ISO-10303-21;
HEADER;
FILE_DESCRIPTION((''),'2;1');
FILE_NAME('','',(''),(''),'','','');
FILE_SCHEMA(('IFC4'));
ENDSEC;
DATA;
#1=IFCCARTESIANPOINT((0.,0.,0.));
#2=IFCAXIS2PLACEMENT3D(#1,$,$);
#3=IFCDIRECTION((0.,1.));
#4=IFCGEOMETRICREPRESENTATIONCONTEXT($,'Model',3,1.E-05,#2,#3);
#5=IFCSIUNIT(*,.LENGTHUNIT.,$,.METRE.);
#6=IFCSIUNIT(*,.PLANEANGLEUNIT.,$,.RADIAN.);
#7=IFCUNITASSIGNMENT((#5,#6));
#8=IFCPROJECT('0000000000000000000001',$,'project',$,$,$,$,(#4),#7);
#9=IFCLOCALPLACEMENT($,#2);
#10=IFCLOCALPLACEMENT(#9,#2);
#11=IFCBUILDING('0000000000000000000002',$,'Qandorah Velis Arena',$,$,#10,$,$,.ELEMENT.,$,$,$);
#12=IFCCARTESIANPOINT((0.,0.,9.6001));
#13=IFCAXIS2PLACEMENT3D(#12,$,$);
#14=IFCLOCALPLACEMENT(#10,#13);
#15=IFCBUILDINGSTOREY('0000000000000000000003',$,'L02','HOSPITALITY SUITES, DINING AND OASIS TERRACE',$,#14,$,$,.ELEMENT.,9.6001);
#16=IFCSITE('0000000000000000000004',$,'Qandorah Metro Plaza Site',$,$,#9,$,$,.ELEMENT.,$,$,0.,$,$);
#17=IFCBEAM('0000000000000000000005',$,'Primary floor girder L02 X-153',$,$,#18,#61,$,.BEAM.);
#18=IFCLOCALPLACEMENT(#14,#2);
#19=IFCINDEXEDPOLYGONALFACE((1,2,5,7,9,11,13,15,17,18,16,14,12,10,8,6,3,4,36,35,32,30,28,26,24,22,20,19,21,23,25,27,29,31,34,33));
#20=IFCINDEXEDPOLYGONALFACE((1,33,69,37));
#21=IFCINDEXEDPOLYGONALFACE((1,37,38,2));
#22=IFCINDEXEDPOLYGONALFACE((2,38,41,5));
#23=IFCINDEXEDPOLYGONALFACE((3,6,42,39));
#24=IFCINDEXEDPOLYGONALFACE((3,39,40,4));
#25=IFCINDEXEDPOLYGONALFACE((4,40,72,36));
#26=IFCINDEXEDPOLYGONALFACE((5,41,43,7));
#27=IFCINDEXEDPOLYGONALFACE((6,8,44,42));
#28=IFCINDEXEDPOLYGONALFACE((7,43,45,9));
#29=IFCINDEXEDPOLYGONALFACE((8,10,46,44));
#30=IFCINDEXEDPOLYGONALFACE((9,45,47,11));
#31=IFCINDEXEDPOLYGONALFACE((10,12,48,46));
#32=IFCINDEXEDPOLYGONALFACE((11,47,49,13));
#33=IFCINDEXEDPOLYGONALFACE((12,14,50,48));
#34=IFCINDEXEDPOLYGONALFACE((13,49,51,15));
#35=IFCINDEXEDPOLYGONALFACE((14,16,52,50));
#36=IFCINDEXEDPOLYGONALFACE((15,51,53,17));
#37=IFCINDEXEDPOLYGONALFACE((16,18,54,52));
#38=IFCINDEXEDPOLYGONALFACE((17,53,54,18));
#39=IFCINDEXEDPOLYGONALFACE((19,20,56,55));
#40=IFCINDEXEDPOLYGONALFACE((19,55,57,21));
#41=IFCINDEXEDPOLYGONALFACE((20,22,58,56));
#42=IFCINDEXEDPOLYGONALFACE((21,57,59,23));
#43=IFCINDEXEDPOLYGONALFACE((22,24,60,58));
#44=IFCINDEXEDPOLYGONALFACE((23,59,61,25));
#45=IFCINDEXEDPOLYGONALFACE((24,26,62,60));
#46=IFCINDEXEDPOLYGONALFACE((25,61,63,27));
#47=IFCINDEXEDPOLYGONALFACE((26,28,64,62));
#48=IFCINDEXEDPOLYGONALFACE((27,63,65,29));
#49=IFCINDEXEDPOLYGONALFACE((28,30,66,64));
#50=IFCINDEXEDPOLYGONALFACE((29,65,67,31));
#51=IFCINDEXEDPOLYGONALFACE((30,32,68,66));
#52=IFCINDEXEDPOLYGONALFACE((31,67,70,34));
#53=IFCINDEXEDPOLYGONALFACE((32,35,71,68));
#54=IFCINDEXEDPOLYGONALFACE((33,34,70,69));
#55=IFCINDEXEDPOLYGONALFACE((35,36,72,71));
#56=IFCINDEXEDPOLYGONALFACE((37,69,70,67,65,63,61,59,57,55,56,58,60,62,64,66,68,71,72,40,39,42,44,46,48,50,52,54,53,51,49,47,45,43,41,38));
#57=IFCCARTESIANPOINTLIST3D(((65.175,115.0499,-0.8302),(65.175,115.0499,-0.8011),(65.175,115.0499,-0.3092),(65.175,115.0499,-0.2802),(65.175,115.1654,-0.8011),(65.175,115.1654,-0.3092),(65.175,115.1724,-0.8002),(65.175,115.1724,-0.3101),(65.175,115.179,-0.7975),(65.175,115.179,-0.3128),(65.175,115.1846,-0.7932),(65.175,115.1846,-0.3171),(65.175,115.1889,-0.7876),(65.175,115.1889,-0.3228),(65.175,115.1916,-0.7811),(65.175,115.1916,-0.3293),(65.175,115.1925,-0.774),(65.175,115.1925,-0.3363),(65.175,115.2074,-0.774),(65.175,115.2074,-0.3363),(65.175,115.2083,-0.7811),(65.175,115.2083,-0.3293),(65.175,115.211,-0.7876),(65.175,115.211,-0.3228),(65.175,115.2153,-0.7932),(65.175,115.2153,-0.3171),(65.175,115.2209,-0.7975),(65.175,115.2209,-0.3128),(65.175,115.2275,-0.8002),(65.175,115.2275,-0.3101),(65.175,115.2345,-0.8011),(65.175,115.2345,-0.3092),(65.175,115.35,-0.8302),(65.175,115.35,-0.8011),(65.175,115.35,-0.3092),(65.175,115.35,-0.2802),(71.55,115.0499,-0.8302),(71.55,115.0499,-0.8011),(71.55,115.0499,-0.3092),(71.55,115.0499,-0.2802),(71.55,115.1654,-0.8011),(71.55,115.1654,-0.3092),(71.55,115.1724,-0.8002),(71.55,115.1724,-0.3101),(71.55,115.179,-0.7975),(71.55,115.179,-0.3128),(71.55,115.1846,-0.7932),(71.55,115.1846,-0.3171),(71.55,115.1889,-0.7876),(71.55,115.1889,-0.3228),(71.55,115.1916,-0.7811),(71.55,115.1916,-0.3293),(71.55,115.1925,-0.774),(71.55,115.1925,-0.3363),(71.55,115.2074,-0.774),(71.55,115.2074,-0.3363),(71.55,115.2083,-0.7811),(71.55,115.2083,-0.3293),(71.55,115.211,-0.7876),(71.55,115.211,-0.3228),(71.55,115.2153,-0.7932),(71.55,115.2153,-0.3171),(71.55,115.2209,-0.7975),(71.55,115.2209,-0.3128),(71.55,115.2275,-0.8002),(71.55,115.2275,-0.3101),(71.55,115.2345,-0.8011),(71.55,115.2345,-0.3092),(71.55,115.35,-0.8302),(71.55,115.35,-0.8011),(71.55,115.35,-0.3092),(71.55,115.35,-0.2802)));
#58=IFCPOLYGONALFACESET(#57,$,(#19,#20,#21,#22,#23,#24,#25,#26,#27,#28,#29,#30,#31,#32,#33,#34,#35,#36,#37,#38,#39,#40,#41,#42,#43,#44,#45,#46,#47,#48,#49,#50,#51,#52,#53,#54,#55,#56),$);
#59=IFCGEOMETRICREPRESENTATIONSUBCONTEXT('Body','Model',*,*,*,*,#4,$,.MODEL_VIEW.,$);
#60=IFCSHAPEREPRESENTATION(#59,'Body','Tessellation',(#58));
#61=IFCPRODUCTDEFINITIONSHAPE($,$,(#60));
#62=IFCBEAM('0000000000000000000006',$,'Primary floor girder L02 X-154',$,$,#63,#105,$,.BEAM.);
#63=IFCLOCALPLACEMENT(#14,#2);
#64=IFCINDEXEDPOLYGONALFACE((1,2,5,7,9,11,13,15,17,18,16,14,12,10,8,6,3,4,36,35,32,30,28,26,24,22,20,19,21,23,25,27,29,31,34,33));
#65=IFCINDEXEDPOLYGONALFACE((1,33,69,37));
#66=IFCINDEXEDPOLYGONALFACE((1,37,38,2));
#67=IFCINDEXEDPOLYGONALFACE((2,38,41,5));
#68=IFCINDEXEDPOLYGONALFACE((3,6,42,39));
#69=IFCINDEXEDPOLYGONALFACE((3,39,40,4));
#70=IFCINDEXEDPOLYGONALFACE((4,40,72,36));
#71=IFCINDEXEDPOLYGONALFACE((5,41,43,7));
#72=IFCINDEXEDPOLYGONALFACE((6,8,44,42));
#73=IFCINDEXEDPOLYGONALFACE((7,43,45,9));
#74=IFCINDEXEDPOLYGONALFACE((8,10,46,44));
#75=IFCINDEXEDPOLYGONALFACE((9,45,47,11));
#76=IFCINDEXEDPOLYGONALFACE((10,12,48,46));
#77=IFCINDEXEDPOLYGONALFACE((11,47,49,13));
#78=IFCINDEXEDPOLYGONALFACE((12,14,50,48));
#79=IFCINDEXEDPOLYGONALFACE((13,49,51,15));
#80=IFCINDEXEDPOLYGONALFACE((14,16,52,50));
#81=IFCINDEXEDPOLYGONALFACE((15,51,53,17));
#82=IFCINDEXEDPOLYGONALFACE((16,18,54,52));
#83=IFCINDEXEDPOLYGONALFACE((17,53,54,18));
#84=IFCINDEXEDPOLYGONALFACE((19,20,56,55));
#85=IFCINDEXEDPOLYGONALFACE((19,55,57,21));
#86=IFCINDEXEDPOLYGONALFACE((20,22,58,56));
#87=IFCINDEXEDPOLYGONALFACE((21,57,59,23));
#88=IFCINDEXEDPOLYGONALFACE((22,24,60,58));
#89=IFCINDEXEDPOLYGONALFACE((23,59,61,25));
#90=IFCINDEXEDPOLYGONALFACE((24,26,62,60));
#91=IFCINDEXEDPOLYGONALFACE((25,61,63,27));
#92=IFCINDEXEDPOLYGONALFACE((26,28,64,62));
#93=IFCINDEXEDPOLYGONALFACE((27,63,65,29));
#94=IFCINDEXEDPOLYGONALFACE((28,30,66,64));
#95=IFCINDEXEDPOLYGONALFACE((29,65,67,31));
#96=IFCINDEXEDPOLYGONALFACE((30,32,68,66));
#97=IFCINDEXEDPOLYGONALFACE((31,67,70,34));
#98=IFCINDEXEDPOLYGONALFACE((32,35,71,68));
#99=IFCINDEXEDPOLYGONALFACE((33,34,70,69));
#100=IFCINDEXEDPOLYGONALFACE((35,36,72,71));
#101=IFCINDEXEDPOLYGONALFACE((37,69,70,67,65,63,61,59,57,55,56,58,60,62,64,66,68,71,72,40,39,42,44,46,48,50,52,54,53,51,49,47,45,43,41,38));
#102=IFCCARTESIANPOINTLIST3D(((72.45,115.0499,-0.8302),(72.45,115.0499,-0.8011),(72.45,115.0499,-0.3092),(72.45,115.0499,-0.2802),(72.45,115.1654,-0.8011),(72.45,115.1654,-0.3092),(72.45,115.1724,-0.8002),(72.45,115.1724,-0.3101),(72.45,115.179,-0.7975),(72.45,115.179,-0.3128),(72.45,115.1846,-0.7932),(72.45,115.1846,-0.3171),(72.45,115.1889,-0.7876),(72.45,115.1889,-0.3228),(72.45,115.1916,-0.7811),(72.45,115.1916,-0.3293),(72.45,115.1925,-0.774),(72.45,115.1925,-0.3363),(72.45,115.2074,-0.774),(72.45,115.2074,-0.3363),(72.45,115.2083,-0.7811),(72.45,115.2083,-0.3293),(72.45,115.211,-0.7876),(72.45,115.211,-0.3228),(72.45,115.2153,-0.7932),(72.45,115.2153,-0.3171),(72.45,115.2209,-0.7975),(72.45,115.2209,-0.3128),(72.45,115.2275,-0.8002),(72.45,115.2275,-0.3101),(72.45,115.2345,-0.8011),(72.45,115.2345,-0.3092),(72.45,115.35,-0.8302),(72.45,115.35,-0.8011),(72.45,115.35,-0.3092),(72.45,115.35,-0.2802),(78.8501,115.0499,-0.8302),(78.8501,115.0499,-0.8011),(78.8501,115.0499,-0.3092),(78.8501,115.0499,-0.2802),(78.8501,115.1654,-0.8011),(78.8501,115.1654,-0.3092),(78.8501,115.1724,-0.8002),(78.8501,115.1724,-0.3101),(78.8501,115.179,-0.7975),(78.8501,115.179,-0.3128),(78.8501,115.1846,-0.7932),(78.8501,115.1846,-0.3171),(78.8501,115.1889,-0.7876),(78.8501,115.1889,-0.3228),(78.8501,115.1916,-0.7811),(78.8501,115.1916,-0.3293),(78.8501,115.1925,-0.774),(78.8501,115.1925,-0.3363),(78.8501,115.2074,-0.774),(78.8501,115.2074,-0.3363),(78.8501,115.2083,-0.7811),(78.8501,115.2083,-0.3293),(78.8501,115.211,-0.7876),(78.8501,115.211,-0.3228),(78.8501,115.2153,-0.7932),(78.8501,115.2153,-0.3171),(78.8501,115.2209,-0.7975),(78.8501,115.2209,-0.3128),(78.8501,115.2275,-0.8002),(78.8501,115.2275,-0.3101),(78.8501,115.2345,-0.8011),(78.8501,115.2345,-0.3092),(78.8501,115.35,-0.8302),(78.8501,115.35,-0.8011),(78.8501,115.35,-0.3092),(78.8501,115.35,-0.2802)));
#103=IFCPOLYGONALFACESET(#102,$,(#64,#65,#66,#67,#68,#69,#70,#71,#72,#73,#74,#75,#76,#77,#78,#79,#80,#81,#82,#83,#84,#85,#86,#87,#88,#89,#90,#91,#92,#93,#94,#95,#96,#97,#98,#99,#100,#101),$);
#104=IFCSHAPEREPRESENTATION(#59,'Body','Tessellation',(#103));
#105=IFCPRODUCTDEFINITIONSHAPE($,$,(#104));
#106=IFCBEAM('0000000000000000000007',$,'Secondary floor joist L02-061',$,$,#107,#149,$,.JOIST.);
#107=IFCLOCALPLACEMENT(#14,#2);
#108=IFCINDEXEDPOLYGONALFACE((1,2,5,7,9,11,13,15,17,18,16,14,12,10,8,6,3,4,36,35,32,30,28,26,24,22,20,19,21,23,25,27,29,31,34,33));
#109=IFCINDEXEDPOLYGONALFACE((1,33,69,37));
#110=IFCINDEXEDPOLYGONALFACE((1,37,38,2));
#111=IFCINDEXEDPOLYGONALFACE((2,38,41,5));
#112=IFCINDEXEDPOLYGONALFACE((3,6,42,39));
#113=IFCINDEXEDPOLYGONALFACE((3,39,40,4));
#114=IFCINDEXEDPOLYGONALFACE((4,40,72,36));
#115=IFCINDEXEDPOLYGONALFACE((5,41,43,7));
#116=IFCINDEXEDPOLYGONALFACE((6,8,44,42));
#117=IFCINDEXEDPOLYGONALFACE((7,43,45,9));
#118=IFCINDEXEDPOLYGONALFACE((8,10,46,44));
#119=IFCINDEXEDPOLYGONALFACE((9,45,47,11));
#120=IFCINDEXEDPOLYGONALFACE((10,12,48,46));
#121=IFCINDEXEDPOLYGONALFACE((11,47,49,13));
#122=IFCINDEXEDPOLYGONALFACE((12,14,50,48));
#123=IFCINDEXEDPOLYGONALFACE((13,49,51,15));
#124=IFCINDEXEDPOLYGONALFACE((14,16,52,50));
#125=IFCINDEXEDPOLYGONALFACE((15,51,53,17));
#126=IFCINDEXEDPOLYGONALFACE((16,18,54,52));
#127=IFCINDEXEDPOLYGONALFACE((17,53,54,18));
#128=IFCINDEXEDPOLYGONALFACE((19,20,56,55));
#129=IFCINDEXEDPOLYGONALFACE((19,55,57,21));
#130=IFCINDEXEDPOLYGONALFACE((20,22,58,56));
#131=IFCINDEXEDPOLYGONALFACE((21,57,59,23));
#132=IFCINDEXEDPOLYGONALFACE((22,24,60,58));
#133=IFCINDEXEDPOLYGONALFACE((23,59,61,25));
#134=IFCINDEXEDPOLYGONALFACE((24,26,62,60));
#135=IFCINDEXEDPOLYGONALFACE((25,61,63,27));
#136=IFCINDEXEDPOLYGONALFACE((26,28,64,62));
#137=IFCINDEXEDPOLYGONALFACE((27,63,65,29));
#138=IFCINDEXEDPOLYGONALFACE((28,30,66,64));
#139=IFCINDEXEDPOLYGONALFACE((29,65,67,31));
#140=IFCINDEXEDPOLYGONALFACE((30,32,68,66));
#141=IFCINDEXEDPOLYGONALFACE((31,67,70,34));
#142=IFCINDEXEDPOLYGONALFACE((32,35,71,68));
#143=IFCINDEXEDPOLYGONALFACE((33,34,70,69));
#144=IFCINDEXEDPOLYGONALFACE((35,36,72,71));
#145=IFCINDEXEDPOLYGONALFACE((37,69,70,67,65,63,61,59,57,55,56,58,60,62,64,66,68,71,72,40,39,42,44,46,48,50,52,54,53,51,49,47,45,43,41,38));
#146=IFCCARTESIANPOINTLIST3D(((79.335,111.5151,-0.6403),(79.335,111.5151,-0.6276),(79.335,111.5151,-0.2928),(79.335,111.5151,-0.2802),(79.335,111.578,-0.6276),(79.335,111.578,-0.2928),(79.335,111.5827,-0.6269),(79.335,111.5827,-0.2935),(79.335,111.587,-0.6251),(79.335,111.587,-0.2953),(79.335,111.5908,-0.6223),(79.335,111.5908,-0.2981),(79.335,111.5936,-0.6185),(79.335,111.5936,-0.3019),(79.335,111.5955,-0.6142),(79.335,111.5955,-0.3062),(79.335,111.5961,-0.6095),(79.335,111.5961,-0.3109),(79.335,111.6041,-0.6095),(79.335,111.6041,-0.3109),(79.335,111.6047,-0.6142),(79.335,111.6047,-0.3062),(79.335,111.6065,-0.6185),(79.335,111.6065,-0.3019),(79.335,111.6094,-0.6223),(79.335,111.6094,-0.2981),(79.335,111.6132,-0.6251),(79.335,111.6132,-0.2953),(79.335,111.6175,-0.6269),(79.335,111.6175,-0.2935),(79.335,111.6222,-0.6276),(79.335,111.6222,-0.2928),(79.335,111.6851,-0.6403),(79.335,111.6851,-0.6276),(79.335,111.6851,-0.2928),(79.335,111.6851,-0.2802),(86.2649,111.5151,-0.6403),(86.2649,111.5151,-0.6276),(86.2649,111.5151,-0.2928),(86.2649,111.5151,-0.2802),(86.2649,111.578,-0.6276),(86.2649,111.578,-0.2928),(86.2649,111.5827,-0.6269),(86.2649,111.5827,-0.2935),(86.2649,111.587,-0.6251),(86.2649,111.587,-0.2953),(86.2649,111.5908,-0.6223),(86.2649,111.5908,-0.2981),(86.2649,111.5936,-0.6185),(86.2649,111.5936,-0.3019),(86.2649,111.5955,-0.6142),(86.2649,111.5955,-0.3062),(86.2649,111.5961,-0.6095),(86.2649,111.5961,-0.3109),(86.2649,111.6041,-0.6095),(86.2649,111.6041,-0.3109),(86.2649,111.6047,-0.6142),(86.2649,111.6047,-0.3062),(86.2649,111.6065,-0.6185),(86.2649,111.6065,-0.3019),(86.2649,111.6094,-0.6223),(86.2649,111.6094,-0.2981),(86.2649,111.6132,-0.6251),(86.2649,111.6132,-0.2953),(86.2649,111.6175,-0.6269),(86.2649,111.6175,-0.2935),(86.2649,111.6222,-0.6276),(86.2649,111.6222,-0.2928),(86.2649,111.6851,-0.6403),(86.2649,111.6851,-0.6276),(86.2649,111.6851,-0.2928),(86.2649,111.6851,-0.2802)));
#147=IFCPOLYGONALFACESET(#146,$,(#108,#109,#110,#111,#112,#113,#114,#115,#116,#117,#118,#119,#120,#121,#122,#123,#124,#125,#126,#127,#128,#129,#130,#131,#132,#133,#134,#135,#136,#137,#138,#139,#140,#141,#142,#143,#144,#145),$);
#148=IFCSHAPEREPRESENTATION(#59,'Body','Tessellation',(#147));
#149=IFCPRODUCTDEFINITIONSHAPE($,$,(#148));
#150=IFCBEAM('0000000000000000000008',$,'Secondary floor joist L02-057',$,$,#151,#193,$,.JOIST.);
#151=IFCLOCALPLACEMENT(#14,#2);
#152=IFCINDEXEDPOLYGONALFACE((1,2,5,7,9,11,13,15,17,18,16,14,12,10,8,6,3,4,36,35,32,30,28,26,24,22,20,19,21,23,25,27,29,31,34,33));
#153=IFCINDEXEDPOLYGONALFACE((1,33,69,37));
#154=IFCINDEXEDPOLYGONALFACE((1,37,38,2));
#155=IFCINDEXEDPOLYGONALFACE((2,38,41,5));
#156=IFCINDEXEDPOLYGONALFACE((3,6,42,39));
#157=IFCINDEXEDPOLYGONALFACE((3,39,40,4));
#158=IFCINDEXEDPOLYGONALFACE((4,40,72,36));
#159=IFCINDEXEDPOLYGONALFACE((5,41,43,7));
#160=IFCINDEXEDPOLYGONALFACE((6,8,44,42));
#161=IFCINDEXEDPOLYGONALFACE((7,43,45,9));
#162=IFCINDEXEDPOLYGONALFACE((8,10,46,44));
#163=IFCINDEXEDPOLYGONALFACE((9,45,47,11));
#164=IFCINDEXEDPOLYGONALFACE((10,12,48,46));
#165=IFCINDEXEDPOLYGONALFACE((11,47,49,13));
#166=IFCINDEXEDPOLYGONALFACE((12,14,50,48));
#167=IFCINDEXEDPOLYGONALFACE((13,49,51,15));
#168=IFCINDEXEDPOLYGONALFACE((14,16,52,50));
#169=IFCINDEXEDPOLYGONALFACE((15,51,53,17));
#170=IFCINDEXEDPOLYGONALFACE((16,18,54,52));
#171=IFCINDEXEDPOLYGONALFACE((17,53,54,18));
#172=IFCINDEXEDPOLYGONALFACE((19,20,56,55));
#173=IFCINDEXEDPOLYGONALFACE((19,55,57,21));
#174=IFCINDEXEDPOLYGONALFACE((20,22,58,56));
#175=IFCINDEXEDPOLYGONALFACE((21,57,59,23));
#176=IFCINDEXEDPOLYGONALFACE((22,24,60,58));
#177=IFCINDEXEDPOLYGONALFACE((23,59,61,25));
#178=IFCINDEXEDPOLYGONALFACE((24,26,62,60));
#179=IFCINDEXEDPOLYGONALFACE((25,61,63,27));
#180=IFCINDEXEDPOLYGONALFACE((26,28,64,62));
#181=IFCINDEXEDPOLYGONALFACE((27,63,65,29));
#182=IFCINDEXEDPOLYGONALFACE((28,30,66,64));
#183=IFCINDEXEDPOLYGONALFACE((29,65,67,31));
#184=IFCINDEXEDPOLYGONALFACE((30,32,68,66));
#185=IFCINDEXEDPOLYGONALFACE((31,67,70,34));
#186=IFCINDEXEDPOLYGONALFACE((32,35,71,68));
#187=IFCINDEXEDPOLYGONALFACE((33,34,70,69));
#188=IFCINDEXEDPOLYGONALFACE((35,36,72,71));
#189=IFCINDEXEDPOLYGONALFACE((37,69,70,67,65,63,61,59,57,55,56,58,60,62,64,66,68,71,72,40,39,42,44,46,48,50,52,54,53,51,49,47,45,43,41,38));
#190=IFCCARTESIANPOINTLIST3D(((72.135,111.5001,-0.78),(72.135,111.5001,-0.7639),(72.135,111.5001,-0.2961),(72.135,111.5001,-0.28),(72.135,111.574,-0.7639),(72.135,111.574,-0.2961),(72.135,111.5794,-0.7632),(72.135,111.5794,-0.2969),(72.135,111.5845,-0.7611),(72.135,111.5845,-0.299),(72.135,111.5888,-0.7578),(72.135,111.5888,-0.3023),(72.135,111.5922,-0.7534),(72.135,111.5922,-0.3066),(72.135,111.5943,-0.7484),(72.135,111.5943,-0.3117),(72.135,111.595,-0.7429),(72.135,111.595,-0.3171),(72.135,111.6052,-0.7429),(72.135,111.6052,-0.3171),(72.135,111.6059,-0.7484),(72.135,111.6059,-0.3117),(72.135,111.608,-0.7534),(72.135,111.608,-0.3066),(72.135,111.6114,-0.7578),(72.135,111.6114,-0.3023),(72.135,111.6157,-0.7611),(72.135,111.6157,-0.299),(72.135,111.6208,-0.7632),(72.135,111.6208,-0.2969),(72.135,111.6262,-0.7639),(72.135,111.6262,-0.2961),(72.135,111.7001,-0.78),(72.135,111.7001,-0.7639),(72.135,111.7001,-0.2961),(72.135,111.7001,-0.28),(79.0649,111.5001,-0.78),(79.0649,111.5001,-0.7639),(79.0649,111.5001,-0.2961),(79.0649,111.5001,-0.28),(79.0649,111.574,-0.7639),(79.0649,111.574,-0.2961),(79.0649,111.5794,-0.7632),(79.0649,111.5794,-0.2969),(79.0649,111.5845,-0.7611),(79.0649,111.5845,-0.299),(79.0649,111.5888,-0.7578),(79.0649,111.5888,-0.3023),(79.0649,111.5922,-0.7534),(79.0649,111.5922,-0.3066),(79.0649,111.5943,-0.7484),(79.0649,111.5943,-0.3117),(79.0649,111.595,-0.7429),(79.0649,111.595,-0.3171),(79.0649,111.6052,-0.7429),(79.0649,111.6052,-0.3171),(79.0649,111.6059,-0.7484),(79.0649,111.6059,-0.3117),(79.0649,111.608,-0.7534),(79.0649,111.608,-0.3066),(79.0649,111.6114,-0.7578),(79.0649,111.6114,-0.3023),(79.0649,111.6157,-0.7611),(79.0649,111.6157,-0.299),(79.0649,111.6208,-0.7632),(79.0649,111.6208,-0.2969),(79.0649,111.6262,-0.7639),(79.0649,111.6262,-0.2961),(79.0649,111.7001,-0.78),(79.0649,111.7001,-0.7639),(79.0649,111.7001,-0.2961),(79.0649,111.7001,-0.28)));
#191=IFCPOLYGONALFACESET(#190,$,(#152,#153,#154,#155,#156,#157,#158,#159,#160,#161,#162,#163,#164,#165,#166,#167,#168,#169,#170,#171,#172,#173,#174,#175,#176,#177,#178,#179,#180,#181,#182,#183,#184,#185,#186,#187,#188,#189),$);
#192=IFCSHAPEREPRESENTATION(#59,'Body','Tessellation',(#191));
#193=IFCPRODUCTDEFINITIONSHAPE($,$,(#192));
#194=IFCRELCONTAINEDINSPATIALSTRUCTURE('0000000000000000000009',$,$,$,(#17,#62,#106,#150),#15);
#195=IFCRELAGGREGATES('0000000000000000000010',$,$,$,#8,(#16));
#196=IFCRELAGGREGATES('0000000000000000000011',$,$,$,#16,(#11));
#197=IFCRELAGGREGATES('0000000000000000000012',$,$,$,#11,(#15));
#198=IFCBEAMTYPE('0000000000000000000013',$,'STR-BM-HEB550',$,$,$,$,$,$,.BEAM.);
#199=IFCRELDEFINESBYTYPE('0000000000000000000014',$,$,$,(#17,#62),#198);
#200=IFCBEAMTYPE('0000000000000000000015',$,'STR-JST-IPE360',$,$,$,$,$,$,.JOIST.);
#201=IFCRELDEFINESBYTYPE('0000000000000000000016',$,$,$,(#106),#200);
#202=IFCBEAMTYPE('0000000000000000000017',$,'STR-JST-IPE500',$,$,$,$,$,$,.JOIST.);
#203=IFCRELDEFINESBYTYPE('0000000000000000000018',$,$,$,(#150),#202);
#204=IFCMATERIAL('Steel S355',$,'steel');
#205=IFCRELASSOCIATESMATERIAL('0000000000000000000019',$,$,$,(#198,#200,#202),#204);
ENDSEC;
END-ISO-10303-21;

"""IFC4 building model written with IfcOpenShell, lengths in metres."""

from ifc_helpers import new_model, si_unit, direction, frame, origin, origin_2d, place, context, subcontext, project, spatial, i_section, extrude, material, material_profile, profile_set, type_object, element, save


model = new_model("IFC4")

# Units and contexts
model_context = context("Model", 3, precision=1e-05, world=origin(), true_north=direction((0.0, 1.0)))
body_context = subcontext(model_context, "Body", "Model", "MODEL_VIEW")
ifc_project = project(units=[si_unit("LENGTHUNIT", "METRE"), si_unit("PLANEANGLEUNIT", "RADIAN")], contexts=[model_context])

# Site, building, storey
site_placement = place(None, origin())
site = spatial("IfcSite", under=ifc_project, at=site_placement, Name="Qandorah Metro Plaza Site", CompositionType="ELEMENT", RefElevation=0.0)
building_placement = place(site_placement, origin())
building = spatial("IfcBuilding", under=site, at=building_placement, Name="Qandorah Velis Arena", CompositionType="ELEMENT")
storey_placement = place(building_placement, frame((0.0, 0.0, 9.6001)))
storey = spatial("IfcBuildingStorey", under=building, at=storey_placement, Name="L02", Description="HOSPITALITY SUITES, DINING AND OASIS TERRACE", CompositionType="ELEMENT", Elevation=9.6001)

# Shared definitions
ifc_material_1 = material(Name="Steel S355", Category="steel")

# Beams
ifc_material_profile_1 = material_profile(ifc_material_1, i_section(OverallWidth=0.3, OverallDepth=0.55, WebThickness=0.0149, FlangeThickness=0.0291, FilletRadius=0.0271, at=origin_2d()), Name="HEB 550")
ifc_profile_set_1 = profile_set([ifc_material_profile_1], Name="Steel S355")
beam_type_1 = type_object("IfcBeamType", Name="STR-BM-HEB550", PredefinedType="BEAM", material=ifc_profile_set_1)
for number, where, z_axis, x_axis, name in (
    (1, (65.175, 115.2, -0.5552), (1.0, 0.0, 0.0), (0.0, 1.0, 0.0), "Primary floor girder L02 X-153"),
):
    element("IfcBeam", number, at=place(storey_placement, frame(where, z_axis=z_axis, x_axis=x_axis)), inside=storey, type_object=beam_type_1, Name=name, PredefinedType="BEAM", context=body_context, shape_type="SweptSolid", body=[
        extrude(i_section(OverallWidth=0.3, OverallDepth=0.55, WebThickness=0.0149, FlangeThickness=0.0291, FilletRadius=0.0271, at=origin_2d()), origin(), (0.0, 0.0, 1.0), 6.375),
    ])
beam_1_placement = place(storey_placement, frame((72.45, 115.2, -0.5552), z_axis=(1.0, 0.0, 0.0), x_axis=(0.0, 1.0, 0.0)))
element("IfcBeam", 2, at=beam_1_placement, inside=storey, type_object=beam_type_1, Name="Primary floor girder L02 X-154", PredefinedType="BEAM", context=body_context, shape_type="SweptSolid", body=[
    extrude(i_section(OverallWidth=0.3, OverallDepth=0.55, WebThickness=0.0149, FlangeThickness=0.0291, FilletRadius=0.0271, at=origin_2d()), origin(), (0.0, 0.0, 1.0), 6.4001),
])
ifc_material_profile_2 = material_profile(ifc_material_1, i_section(OverallWidth=0.1699, OverallDepth=0.3601, WebThickness=0.0081, FlangeThickness=0.0127, FilletRadius=0.0181, at=origin_2d()), Name="IPE 360")
ifc_profile_set_2 = profile_set([ifc_material_profile_2], Name="Steel S355")
beam_type_2 = type_object("IfcBeamType", Name="STR-JST-IPE360", PredefinedType="JOIST", material=ifc_profile_set_2)
beam_2_placement = place(storey_placement, frame((79.335, 111.6001, -0.4602), z_axis=(1.0, 0.0, 0.0), x_axis=(0.0, 1.0, 0.0)))
element("IfcBeam", 3, at=beam_2_placement, inside=storey, type_object=beam_type_2, Name="Secondary floor joist L02-061", PredefinedType="JOIST", context=body_context, shape_type="SweptSolid", body=[
    extrude(i_section(OverallWidth=0.1699, OverallDepth=0.3601, WebThickness=0.0081, FlangeThickness=0.0127, FilletRadius=0.0181, at=origin_2d()), origin(), (0.0, 0.0, 1.0), 6.9299),
])
ifc_material_profile_3 = material_profile(ifc_material_1, i_section(OverallWidth=0.2, OverallDepth=0.5, WebThickness=0.0103, FlangeThickness=0.0161, FilletRadius=0.021, at=origin_2d()), Name="IPE 500")
ifc_profile_set_3 = profile_set([ifc_material_profile_3], Name="Steel S355")
beam_type_3 = type_object("IfcBeamType", Name="STR-JST-IPE500", PredefinedType="JOIST", material=ifc_profile_set_3)
beam_3_placement = place(storey_placement, frame((72.135, 111.6001, -0.53), z_axis=(1.0, 0.0, 0.0), x_axis=(0.0, 1.0, 0.0)))
element("IfcBeam", 4, at=beam_3_placement, inside=storey, type_object=beam_type_3, Name="Secondary floor joist L02-057", PredefinedType="JOIST", context=body_context, shape_type="SweptSolid", body=[
    extrude(i_section(OverallWidth=0.2, OverallDepth=0.5, WebThickness=0.0103, FlangeThickness=0.0161, FilletRadius=0.021, at=origin_2d()), origin(), (0.0, 0.0, 1.0), 6.9299),
])

save(model, "model.ifc")
